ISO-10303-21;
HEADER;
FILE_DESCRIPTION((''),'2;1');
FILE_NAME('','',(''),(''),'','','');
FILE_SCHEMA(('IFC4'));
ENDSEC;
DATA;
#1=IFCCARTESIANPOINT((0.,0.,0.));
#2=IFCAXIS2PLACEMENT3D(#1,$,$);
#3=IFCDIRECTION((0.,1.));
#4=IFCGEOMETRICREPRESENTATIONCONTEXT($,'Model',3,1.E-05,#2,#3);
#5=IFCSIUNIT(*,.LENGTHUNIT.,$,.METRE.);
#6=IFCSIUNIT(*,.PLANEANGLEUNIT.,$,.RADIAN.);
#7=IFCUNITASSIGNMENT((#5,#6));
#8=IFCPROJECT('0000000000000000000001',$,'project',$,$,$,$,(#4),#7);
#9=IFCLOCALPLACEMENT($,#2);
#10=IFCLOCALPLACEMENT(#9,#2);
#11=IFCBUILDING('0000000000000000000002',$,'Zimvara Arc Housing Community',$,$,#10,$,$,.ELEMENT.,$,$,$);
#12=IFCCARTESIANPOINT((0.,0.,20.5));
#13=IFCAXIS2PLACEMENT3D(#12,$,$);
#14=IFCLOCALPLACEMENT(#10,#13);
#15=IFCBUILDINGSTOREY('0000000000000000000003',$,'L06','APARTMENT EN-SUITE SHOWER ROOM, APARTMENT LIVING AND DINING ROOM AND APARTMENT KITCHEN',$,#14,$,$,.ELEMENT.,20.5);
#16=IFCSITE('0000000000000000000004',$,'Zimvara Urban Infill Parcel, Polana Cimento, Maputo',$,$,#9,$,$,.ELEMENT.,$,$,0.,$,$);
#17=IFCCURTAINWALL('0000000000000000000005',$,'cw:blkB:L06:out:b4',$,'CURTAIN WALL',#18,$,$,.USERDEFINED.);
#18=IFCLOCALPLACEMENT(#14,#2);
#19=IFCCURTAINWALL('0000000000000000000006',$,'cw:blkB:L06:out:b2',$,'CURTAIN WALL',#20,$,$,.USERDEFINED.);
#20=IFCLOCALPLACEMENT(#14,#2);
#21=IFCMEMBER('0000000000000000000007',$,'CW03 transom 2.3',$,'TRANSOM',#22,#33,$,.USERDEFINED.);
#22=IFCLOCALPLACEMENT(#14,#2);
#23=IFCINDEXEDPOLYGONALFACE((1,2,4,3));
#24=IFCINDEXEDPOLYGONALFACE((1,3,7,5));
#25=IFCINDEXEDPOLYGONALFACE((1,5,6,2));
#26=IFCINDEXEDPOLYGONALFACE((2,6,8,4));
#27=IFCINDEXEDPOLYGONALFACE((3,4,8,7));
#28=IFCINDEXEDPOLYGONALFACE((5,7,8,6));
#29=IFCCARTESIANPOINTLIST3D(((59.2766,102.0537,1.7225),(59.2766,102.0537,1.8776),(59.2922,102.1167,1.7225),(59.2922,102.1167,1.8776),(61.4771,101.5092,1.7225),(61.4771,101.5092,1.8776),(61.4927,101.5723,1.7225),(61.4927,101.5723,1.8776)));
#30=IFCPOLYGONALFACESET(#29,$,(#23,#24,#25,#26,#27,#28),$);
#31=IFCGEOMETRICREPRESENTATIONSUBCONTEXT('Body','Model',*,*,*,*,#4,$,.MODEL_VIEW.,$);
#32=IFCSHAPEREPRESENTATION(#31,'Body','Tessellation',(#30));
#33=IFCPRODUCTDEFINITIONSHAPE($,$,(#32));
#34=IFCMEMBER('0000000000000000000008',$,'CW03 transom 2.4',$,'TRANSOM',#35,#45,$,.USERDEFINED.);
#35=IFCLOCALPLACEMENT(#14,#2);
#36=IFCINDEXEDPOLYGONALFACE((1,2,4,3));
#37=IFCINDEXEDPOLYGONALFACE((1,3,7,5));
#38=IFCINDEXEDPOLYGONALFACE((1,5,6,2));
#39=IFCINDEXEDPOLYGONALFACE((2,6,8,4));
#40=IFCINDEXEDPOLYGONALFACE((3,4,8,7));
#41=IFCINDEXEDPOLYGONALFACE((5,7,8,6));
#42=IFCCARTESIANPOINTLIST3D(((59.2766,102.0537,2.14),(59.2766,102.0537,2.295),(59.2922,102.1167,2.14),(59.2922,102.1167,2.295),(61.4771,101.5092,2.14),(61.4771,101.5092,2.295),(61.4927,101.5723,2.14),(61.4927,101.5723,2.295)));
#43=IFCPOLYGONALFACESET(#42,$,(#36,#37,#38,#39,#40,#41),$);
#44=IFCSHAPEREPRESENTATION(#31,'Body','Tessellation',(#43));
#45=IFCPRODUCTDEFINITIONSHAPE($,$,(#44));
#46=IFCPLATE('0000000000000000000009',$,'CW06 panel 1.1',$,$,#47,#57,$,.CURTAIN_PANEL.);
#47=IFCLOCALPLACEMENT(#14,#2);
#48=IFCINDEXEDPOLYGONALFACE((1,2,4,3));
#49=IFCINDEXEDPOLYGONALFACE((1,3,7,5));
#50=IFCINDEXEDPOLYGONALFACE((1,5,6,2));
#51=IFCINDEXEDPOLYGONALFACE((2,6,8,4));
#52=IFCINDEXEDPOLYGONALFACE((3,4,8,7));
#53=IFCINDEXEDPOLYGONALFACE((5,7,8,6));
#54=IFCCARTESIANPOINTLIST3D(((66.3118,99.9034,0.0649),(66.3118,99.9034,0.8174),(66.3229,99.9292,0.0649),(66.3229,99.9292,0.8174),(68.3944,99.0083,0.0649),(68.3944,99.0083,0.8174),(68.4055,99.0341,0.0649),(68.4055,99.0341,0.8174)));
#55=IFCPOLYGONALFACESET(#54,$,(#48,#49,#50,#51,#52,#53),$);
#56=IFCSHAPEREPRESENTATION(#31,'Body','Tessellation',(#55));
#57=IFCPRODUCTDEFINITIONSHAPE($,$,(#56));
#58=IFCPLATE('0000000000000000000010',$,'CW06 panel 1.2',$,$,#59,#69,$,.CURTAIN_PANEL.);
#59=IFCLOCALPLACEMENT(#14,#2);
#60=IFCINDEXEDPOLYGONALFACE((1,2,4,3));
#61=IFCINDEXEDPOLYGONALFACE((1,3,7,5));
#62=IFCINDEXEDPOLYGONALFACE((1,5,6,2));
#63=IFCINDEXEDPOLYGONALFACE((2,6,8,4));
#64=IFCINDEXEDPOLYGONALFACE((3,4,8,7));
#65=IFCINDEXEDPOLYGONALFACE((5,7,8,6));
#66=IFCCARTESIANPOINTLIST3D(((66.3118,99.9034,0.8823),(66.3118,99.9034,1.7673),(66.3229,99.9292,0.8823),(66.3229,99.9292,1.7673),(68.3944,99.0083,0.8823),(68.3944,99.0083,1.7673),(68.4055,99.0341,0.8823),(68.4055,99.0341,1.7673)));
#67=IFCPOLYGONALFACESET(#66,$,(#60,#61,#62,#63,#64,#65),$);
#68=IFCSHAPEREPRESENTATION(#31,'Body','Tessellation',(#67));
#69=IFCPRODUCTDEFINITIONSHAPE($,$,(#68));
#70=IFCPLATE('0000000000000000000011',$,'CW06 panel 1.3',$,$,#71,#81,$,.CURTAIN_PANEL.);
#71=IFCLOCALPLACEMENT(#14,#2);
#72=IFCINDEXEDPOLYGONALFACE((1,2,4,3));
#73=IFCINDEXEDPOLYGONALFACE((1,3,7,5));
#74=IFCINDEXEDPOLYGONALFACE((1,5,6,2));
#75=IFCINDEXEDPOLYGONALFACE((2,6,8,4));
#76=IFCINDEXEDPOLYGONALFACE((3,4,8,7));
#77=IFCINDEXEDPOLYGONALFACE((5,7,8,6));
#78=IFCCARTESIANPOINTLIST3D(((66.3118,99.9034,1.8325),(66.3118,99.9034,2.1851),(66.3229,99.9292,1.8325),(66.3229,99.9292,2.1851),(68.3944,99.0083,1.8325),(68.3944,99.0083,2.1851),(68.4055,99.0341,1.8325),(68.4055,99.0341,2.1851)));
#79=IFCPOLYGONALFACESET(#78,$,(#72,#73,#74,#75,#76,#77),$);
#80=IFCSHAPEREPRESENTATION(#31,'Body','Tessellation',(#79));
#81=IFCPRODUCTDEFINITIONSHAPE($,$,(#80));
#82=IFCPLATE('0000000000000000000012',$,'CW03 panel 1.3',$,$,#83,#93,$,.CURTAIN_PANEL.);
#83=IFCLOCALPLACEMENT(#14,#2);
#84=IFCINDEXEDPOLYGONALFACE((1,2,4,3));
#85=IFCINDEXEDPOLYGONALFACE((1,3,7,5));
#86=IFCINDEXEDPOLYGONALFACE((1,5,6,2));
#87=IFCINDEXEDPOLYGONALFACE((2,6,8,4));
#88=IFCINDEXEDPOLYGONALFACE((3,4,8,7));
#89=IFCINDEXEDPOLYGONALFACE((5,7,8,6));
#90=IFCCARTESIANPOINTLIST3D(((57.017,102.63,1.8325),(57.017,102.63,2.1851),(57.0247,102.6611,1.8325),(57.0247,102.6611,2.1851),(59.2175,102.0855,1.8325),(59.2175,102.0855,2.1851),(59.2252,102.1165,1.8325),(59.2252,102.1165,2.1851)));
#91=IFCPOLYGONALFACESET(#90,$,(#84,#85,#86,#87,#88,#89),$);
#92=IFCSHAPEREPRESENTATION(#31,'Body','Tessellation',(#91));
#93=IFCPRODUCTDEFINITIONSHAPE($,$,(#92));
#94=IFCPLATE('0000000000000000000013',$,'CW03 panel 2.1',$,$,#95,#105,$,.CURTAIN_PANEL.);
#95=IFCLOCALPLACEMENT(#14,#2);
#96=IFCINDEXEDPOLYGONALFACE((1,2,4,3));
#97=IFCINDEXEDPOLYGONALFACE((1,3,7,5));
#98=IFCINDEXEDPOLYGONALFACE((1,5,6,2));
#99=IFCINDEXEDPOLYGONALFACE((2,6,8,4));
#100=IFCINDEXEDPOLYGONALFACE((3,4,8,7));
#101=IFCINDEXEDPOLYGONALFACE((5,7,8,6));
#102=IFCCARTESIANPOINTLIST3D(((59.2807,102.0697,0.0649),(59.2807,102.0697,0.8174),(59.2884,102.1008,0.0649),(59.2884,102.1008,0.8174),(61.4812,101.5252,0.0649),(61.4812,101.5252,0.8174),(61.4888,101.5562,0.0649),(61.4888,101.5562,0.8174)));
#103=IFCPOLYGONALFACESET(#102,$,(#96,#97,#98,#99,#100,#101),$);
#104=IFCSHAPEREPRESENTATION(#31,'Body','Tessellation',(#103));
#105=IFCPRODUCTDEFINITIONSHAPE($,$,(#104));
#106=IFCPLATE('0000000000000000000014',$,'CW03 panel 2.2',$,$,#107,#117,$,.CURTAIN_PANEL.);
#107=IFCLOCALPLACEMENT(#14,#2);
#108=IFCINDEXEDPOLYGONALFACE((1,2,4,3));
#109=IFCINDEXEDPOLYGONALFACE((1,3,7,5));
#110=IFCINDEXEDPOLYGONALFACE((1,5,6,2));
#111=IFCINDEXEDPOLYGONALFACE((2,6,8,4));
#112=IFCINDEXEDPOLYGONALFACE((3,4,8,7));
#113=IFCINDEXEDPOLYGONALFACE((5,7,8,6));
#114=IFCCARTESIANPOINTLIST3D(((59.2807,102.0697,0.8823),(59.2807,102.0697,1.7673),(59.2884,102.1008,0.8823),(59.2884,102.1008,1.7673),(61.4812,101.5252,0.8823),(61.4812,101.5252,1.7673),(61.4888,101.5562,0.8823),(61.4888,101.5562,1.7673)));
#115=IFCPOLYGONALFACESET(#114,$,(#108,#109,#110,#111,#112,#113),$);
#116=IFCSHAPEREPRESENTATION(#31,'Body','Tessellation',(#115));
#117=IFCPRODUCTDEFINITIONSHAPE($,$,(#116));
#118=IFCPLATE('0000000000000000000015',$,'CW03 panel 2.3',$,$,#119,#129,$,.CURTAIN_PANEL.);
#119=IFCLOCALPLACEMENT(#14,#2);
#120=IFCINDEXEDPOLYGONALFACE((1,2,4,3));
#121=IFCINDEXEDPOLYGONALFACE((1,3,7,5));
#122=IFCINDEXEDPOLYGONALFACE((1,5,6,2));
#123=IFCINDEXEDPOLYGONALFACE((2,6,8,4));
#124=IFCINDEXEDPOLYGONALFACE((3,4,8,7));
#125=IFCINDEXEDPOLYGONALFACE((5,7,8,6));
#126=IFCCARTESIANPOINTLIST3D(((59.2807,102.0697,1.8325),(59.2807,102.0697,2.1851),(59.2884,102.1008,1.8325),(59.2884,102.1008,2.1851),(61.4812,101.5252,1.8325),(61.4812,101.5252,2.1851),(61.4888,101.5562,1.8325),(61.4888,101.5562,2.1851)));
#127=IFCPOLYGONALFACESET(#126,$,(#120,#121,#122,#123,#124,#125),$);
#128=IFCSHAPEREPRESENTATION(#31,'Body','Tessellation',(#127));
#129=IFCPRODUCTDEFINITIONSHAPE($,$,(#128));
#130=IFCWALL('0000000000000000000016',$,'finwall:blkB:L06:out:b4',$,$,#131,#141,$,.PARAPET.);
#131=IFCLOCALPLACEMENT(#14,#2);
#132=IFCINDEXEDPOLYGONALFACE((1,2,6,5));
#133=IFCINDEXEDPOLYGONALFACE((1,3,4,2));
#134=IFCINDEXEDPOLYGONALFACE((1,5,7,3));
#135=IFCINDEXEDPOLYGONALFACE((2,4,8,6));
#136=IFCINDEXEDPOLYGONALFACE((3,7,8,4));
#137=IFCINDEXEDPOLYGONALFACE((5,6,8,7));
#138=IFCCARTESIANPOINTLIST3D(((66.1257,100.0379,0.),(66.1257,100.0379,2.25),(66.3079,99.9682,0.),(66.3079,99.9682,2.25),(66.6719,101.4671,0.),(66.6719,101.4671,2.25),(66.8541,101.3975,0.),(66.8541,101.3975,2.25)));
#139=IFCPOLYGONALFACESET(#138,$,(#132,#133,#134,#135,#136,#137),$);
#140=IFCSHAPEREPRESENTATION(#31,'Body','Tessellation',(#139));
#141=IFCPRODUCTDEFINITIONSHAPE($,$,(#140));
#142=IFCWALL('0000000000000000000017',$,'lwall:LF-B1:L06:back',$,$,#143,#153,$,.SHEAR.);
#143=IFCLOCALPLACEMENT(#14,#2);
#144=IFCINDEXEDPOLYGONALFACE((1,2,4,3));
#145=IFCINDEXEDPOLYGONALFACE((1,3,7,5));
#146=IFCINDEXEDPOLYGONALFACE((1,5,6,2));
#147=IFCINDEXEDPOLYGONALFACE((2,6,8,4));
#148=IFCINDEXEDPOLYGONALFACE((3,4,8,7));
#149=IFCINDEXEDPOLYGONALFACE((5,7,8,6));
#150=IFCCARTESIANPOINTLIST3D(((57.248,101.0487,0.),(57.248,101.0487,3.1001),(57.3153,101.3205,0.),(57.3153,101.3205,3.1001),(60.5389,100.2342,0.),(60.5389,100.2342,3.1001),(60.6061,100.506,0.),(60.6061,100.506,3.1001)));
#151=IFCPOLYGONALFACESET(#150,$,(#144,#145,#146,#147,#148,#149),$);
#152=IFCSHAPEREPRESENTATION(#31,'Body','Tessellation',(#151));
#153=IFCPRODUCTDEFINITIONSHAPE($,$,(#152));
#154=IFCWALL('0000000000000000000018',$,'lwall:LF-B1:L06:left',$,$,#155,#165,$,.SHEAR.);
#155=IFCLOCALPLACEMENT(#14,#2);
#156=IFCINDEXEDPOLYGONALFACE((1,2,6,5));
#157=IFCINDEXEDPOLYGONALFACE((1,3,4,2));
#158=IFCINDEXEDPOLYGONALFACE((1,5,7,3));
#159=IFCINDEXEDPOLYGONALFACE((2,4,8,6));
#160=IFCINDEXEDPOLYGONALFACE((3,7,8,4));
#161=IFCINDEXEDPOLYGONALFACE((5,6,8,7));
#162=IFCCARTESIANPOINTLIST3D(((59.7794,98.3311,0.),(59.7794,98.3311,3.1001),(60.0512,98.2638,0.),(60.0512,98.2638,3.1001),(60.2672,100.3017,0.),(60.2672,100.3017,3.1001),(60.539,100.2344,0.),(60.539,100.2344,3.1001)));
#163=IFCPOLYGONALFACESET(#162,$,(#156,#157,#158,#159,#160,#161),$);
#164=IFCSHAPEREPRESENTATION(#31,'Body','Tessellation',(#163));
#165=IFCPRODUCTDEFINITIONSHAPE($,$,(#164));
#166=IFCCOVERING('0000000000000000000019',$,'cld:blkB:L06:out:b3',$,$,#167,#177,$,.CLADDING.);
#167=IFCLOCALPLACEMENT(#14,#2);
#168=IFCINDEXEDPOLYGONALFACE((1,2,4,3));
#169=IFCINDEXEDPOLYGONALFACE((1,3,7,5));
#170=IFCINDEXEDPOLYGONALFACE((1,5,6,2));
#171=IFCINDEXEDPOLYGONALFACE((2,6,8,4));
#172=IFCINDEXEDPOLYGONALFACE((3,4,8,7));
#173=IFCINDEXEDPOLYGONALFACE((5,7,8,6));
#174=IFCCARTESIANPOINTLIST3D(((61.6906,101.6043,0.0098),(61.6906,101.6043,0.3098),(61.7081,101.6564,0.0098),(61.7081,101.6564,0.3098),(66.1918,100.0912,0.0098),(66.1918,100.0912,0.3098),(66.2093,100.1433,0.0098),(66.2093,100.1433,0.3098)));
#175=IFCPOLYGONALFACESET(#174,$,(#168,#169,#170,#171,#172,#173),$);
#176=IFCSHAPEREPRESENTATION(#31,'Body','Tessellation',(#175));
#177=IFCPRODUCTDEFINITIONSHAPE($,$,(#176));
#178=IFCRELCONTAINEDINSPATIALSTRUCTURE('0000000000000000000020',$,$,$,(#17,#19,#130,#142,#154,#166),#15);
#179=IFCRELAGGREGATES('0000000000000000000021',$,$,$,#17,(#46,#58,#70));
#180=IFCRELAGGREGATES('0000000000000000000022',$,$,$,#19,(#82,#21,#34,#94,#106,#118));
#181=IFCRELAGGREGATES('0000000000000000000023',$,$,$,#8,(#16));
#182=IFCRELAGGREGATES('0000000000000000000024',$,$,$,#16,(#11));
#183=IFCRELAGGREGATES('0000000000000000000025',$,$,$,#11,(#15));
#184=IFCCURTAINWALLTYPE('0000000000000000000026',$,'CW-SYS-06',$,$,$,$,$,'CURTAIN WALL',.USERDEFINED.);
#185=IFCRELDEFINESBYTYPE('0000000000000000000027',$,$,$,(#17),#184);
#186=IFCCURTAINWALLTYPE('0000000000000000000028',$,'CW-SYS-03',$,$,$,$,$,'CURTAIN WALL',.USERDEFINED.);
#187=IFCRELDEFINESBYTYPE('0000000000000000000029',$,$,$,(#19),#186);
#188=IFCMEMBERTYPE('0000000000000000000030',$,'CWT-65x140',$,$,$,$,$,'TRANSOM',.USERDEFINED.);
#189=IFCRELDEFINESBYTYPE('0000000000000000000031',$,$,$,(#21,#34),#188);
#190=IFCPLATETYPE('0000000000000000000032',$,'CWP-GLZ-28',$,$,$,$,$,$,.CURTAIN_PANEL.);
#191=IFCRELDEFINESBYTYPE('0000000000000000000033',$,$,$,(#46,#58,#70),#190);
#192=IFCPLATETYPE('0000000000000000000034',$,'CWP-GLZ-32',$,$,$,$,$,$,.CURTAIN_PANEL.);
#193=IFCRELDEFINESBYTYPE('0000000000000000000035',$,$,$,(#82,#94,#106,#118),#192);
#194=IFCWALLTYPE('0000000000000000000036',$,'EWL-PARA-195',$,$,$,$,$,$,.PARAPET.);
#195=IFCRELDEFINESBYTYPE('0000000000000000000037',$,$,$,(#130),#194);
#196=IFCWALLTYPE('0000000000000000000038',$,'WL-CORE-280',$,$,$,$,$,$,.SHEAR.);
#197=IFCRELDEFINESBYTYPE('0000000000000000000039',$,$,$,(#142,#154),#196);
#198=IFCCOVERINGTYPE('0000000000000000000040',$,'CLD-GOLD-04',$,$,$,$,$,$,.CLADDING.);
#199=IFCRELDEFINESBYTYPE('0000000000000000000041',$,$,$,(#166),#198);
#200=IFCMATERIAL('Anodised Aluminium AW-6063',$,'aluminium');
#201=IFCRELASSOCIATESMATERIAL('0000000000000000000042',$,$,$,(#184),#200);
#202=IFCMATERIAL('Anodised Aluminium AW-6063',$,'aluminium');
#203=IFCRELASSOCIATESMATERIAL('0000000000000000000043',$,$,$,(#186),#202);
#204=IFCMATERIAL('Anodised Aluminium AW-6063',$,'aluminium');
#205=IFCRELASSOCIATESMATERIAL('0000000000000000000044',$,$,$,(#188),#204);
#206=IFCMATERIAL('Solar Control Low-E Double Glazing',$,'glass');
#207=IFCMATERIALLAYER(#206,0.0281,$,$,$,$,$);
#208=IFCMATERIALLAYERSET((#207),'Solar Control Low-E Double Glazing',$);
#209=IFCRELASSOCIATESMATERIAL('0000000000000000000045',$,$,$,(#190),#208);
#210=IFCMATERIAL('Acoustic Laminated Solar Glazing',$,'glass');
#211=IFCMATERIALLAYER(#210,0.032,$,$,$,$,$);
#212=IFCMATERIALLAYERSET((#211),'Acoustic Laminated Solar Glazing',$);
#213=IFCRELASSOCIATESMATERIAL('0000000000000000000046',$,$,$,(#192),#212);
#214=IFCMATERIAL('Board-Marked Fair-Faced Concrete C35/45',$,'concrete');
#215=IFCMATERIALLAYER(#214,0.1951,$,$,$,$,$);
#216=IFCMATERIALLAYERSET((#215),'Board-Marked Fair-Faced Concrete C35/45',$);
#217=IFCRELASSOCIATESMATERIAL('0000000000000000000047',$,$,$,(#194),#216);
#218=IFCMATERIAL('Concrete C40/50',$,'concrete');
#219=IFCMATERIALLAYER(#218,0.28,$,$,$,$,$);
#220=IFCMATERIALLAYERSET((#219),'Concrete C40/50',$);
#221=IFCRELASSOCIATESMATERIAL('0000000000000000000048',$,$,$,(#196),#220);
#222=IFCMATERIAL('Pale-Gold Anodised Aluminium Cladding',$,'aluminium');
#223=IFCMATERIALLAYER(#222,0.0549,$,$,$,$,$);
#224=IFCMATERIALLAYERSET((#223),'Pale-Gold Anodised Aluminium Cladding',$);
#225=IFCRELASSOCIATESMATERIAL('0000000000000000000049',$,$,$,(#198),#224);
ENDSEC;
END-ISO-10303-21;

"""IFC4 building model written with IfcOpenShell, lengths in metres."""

from ifc_helpers import new_model, si_unit, direction, frame, frame_2d, origin, origin_2d, place, context, subcontext, project, spatial, rectangle, extrude, material, layer, layer_set, material_profile, profile_set, type_object, element, aggregate, save


model = new_model("IFC4")

# Units and contexts
model_context = context("Model", 3, precision=1e-05, world=origin(), true_north=direction((0.0, 1.0)))
body_context = subcontext(model_context, "Body", "Model", "MODEL_VIEW")
ifc_project = project(units=[si_unit("LENGTHUNIT", "METRE"), si_unit("PLANEANGLEUNIT", "RADIAN")], contexts=[model_context])

# Site, building, storey
site_placement = place(None, origin())
site = spatial("IfcSite", under=ifc_project, at=site_placement, Name="Zimvara Urban Infill Parcel, Polana Cimento, Maputo", CompositionType="ELEMENT", RefElevation=0.0)
building_placement = place(site_placement, origin())
building = spatial("IfcBuilding", under=site, at=building_placement, Name="Zimvara Arc Housing Community", CompositionType="ELEMENT")
storey_placement = place(building_placement, frame((0.0, 0.0, 20.5)))
storey = spatial("IfcBuildingStorey", under=building, at=storey_placement, Name="L06", Description="APARTMENT EN-SUITE SHOWER ROOM, APARTMENT LIVING AND DINING ROOM AND APARTMENT KITCHEN", CompositionType="ELEMENT", Elevation=20.5)

# Curtain wall
ifc_material_1 = material(Name="Anodised Aluminium AW-6063", Category="aluminium")
curtain_wall_type_1 = type_object("IfcCurtainWallType", Name="CW-SYS-06", ElementType="CURTAIN WALL", PredefinedType="USERDEFINED", material=ifc_material_1)
curtain_wall_1_placement = place(storey_placement, origin())
curtain_wall_1 = element("IfcCurtainWall", 1, at=curtain_wall_1_placement, inside=storey, type_object=curtain_wall_type_1, Name="cw:blkB:L06:out:b4", ObjectType="CURTAIN WALL", PredefinedType="USERDEFINED")

# Curtain wall
ifc_material_2 = material(Name="Anodised Aluminium AW-6063", Category="aluminium")
curtain_wall_type_2 = type_object("IfcCurtainWallType", Name="CW-SYS-03", ElementType="CURTAIN WALL", PredefinedType="USERDEFINED", material=ifc_material_2)
curtain_wall_2_placement = place(storey_placement, origin())
curtain_wall_2 = element("IfcCurtainWall", 2, at=curtain_wall_2_placement, inside=storey, type_object=curtain_wall_type_2, Name="cw:blkB:L06:out:b2", ObjectType="CURTAIN WALL", PredefinedType="USERDEFINED")

# Members
ifc_material_3 = material(Name="Anodised Aluminium AW-6063", Category="aluminium")
ifc_material_profile_1 = material_profile(ifc_material_3, rectangle(XDim=0.0649, YDim=0.155, at=origin_2d()), Name="ALU 65x155")
ifc_profile_set_1 = profile_set([ifc_material_profile_1], Name="Anodised Aluminium AW-6063")
member_type_1 = type_object("IfcMemberType", Name="CWT-65x140", ElementType="TRANSOM", PredefinedType="USERDEFINED", material=ifc_profile_set_1)
member_1_placement = place(storey_placement, frame((59.2844, 102.0852, 1.8), z_axis=(0.970729, -0.240178, 0.0), x_axis=(0.240178, 0.970729, 0.0)))
member_1 = element("IfcMember", 3, at=member_1_placement, type_object=member_type_1, Name="CW03 transom 2.3", ObjectType="TRANSOM", PredefinedType="USERDEFINED", context=body_context, shape_type="SweptSolid", body=[
    extrude(rectangle(XDim=0.0649, YDim=0.155, at=origin_2d()), origin(), (0.0, 0.0, 1.0), 2.2668),
])
member_2_placement = place(storey_placement, frame((59.2844, 102.0852, 2.2175), z_axis=(0.970729, -0.240178, 0.0), x_axis=(0.240178, 0.970729, 0.0)))
member_2 = element("IfcMember", 4, at=member_2_placement, type_object=member_type_1, Name="CW03 transom 2.4", ObjectType="TRANSOM", PredefinedType="USERDEFINED", context=body_context, shape_type="SweptSolid", body=[
    extrude(rectangle(XDim=0.0649, YDim=0.155, at=origin_2d()), origin(), (0.0, 0.0, 1.0), 2.2668),
])

# Plates
ifc_material_4 = material(Name="Solar Control Low-E Double Glazing", Category="glass")
ifc_layer_1 = layer(ifc_material_4, 0.0281)
ifc_layer_set_1 = layer_set([ifc_layer_1], Name="Solar Control Low-E Double Glazing")
plate_type_1 = type_object("IfcPlateType", Name="CWP-GLZ-28", PredefinedType="CURTAIN_PANEL", material=ifc_layer_set_1)
plate_1_placement = place(storey_placement, frame((67.3586, 99.4688, 0.0649), z_axis=(0.0, 0.0, 1.0), x_axis=(0.918722, -0.394904, 0.0)))
plate_1 = element("IfcPlate", 5, at=plate_1_placement, type_object=plate_type_1, Name="CW06 panel 1.1", PredefinedType="CURTAIN_PANEL", context=body_context, shape_type="SweptSolid", body=[
    extrude(rectangle(XDim=2.2668, YDim=0.0281, at=origin_2d()), origin(), (0.0, 0.0, 1.0), 0.7524),
])
plate_2_placement = place(storey_placement, frame((67.3586, 99.4688, 0.8823), z_axis=(0.0, 0.0, 1.0), x_axis=(0.918722, -0.394904, 0.0)))
plate_2 = element("IfcPlate", 6, at=plate_2_placement, type_object=plate_type_1, Name="CW06 panel 1.2", PredefinedType="CURTAIN_PANEL", context=body_context, shape_type="SweptSolid", body=[
    extrude(rectangle(XDim=2.2668, YDim=0.0281, at=origin_2d()), origin(), (0.0, 0.0, 1.0), 0.885),
])
plate_3_placement = place(storey_placement, frame((67.3586, 99.4688, 1.8325), z_axis=(0.0, 0.0, 1.0), x_axis=(0.918722, -0.394904, 0.0)))
plate_3 = element("IfcPlate", 7, at=plate_3_placement, type_object=plate_type_1, Name="CW06 panel 1.3", PredefinedType="CURTAIN_PANEL", context=body_context, shape_type="SweptSolid", body=[
    extrude(rectangle(XDim=2.2668, YDim=0.0281, at=origin_2d()), origin(), (0.0, 0.0, 1.0), 0.3525),
])
aggregate(curtain_wall_1, [plate_1, plate_2, plate_3])
ifc_material_5 = material(Name="Acoustic Laminated Solar Glazing", Category="glass")
ifc_layer_2 = layer(ifc_material_5, 0.032)
ifc_layer_set_2 = layer_set([ifc_layer_2], Name="Acoustic Laminated Solar Glazing")
plate_type_2 = type_object("IfcPlateType", Name="CWP-GLZ-32", PredefinedType="CURTAIN_PANEL", material=ifc_layer_set_2)
plate_4_placement = place(storey_placement, frame((58.1211, 102.3733, 1.8325), z_axis=(0.0, 0.0, 1.0), x_axis=(0.970716, -0.24023, 0.0)))
plate_4 = element("IfcPlate", 8, at=plate_4_placement, type_object=plate_type_2, Name="CW03 panel 1.3", PredefinedType="CURTAIN_PANEL", context=body_context, shape_type="SweptSolid", body=[
    extrude(rectangle(XDim=2.2668, YDim=0.032, at=origin_2d()), origin(), (0.0, 0.0, 1.0), 0.3525),
])
plate_5_placement = place(storey_placement, frame((60.3848, 101.813, 0.0649), z_axis=(0.0, 0.0, 1.0), x_axis=(0.970716, -0.24023, 0.0)))
plate_5 = element("IfcPlate", 9, at=plate_5_placement, type_object=plate_type_2, Name="CW03 panel 2.1", PredefinedType="CURTAIN_PANEL", context=body_context, shape_type="SweptSolid", body=[
    extrude(rectangle(XDim=2.2668, YDim=0.032, at=origin_2d()), origin(), (0.0, 0.0, 1.0), 0.7524),
])
plate_6_placement = place(storey_placement, frame((60.3848, 101.813, 0.8823), z_axis=(0.0, 0.0, 1.0), x_axis=(0.970716, -0.24023, 0.0)))
plate_6 = element("IfcPlate", 10, at=plate_6_placement, type_object=plate_type_2, Name="CW03 panel 2.2", PredefinedType="CURTAIN_PANEL", context=body_context, shape_type="SweptSolid", body=[
    extrude(rectangle(XDim=2.2668, YDim=0.032, at=origin_2d()), origin(), (0.0, 0.0, 1.0), 0.885),
])
plate_7_placement = place(storey_placement, frame((60.3848, 101.813, 1.8325), z_axis=(0.0, 0.0, 1.0), x_axis=(0.970716, -0.24023, 0.0)))
plate_7 = element("IfcPlate", 11, at=plate_7_placement, type_object=plate_type_2, Name="CW03 panel 2.3", PredefinedType="CURTAIN_PANEL", context=body_context, shape_type="SweptSolid", body=[
    extrude(rectangle(XDim=2.2668, YDim=0.032, at=origin_2d()), origin(), (0.0, 0.0, 1.0), 0.3525),
])
aggregate(curtain_wall_2, [plate_4, member_1, member_2, plate_5, plate_6, plate_7])

# Wall
ifc_material_6 = material(Name="Board-Marked Fair-Faced Concrete C35/45", Category="concrete")
ifc_layer_3 = layer(ifc_material_6, 0.1951)
ifc_layer_set_3 = layer_set([ifc_layer_3], Name="Board-Marked Fair-Faced Concrete C35/45")
wall_type_1 = type_object("IfcWallType", Name="EWL-PARA-195", PredefinedType="PARAPET", material=ifc_layer_set_3)
wall_1_placement = place(storey_placement, frame((66.2168, 100.0029, 0.0), z_axis=(0.0, 0.0, 1.0), x_axis=(0.356957, 0.934121, 0.0)))
element("IfcWall", 12, at=wall_1_placement, inside=storey, type_object=wall_type_1, Name="finwall:blkB:L06:out:b4", PredefinedType="PARAPET", context=body_context, shape_type="SweptSolid", body=[
    extrude(rectangle(XDim=1.53, YDim=0.1951, at=frame_2d((0.7651, 0.0))), origin(), (0.0, 0.0, 1.0), 2.25),
])

# Walls
ifc_material_7 = material(Name="Concrete C40/50", Category="concrete")
ifc_layer_4 = layer(ifc_material_7, 0.28)
ifc_layer_set_4 = layer_set([ifc_layer_4], Name="Concrete C40/50")
wall_type_2 = type_object("IfcWallType", Name="WL-CORE-280", PredefinedType="SHEAR", material=ifc_layer_set_4)
wall_2_placement = place(storey_placement, frame((60.5725, 100.3701, 0.0), z_axis=(0.0, 0.0, 1.0), x_axis=(-0.970712, 0.240247, 0.0)))
element("IfcWall", 13, at=wall_2_placement, inside=storey, type_object=wall_type_2, Name="lwall:LF-B1:L06:back", PredefinedType="SHEAR", context=body_context, shape_type="SweptSolid", body=[
    extrude(rectangle(XDim=3.3901, YDim=0.28, at=frame_2d((1.6951, 0.0))), origin(), (0.0, 0.0, 1.0), 3.1001),
])
wall_3_placement = place(storey_placement, frame((59.9153, 98.2974, 0.0), z_axis=(0.0, 0.0, 1.0), x_axis=(0.240299, 0.970699, 0.0)))
element("IfcWall", 14, at=wall_3_placement, inside=storey, type_object=wall_type_2, Name="lwall:LF-B1:L06:left", PredefinedType="SHEAR", context=body_context, shape_type="SweptSolid", body=[
    extrude(rectangle(XDim=2.03, YDim=0.28, at=frame_2d((1.0151, 0.0))), origin(), (0.0, 0.0, 1.0), 3.1001),
])

# Covering
ifc_material_8 = material(Name="Pale-Gold Anodised Aluminium Cladding", Category="aluminium")
ifc_layer_5 = layer(ifc_material_8, 0.0549)
ifc_layer_set_5 = layer_set([ifc_layer_5], Name="Pale-Gold Anodised Aluminium Cladding")
covering_type = type_object("IfcCoveringType", Name="CLD-GOLD-04", PredefinedType="CLADDING", material=ifc_layer_set_5)
covering_placement = place(storey_placement, frame((63.95, 100.8738, 0.0098), z_axis=(0.0, 0.0, 1.0), x_axis=(0.94788, -0.318628, 0.0)))
element("IfcCovering", 15, at=covering_placement, inside=storey, type_object=covering_type, Name="cld:blkB:L06:out:b3", PredefinedType="CLADDING", context=body_context, shape_type="SweptSolid", body=[
    extrude(rectangle(XDim=4.7488, YDim=0.0549, at=origin_2d()), origin(), (0.0, 0.0, 1.0), 0.3),
])

save(model, "model.ifc")
